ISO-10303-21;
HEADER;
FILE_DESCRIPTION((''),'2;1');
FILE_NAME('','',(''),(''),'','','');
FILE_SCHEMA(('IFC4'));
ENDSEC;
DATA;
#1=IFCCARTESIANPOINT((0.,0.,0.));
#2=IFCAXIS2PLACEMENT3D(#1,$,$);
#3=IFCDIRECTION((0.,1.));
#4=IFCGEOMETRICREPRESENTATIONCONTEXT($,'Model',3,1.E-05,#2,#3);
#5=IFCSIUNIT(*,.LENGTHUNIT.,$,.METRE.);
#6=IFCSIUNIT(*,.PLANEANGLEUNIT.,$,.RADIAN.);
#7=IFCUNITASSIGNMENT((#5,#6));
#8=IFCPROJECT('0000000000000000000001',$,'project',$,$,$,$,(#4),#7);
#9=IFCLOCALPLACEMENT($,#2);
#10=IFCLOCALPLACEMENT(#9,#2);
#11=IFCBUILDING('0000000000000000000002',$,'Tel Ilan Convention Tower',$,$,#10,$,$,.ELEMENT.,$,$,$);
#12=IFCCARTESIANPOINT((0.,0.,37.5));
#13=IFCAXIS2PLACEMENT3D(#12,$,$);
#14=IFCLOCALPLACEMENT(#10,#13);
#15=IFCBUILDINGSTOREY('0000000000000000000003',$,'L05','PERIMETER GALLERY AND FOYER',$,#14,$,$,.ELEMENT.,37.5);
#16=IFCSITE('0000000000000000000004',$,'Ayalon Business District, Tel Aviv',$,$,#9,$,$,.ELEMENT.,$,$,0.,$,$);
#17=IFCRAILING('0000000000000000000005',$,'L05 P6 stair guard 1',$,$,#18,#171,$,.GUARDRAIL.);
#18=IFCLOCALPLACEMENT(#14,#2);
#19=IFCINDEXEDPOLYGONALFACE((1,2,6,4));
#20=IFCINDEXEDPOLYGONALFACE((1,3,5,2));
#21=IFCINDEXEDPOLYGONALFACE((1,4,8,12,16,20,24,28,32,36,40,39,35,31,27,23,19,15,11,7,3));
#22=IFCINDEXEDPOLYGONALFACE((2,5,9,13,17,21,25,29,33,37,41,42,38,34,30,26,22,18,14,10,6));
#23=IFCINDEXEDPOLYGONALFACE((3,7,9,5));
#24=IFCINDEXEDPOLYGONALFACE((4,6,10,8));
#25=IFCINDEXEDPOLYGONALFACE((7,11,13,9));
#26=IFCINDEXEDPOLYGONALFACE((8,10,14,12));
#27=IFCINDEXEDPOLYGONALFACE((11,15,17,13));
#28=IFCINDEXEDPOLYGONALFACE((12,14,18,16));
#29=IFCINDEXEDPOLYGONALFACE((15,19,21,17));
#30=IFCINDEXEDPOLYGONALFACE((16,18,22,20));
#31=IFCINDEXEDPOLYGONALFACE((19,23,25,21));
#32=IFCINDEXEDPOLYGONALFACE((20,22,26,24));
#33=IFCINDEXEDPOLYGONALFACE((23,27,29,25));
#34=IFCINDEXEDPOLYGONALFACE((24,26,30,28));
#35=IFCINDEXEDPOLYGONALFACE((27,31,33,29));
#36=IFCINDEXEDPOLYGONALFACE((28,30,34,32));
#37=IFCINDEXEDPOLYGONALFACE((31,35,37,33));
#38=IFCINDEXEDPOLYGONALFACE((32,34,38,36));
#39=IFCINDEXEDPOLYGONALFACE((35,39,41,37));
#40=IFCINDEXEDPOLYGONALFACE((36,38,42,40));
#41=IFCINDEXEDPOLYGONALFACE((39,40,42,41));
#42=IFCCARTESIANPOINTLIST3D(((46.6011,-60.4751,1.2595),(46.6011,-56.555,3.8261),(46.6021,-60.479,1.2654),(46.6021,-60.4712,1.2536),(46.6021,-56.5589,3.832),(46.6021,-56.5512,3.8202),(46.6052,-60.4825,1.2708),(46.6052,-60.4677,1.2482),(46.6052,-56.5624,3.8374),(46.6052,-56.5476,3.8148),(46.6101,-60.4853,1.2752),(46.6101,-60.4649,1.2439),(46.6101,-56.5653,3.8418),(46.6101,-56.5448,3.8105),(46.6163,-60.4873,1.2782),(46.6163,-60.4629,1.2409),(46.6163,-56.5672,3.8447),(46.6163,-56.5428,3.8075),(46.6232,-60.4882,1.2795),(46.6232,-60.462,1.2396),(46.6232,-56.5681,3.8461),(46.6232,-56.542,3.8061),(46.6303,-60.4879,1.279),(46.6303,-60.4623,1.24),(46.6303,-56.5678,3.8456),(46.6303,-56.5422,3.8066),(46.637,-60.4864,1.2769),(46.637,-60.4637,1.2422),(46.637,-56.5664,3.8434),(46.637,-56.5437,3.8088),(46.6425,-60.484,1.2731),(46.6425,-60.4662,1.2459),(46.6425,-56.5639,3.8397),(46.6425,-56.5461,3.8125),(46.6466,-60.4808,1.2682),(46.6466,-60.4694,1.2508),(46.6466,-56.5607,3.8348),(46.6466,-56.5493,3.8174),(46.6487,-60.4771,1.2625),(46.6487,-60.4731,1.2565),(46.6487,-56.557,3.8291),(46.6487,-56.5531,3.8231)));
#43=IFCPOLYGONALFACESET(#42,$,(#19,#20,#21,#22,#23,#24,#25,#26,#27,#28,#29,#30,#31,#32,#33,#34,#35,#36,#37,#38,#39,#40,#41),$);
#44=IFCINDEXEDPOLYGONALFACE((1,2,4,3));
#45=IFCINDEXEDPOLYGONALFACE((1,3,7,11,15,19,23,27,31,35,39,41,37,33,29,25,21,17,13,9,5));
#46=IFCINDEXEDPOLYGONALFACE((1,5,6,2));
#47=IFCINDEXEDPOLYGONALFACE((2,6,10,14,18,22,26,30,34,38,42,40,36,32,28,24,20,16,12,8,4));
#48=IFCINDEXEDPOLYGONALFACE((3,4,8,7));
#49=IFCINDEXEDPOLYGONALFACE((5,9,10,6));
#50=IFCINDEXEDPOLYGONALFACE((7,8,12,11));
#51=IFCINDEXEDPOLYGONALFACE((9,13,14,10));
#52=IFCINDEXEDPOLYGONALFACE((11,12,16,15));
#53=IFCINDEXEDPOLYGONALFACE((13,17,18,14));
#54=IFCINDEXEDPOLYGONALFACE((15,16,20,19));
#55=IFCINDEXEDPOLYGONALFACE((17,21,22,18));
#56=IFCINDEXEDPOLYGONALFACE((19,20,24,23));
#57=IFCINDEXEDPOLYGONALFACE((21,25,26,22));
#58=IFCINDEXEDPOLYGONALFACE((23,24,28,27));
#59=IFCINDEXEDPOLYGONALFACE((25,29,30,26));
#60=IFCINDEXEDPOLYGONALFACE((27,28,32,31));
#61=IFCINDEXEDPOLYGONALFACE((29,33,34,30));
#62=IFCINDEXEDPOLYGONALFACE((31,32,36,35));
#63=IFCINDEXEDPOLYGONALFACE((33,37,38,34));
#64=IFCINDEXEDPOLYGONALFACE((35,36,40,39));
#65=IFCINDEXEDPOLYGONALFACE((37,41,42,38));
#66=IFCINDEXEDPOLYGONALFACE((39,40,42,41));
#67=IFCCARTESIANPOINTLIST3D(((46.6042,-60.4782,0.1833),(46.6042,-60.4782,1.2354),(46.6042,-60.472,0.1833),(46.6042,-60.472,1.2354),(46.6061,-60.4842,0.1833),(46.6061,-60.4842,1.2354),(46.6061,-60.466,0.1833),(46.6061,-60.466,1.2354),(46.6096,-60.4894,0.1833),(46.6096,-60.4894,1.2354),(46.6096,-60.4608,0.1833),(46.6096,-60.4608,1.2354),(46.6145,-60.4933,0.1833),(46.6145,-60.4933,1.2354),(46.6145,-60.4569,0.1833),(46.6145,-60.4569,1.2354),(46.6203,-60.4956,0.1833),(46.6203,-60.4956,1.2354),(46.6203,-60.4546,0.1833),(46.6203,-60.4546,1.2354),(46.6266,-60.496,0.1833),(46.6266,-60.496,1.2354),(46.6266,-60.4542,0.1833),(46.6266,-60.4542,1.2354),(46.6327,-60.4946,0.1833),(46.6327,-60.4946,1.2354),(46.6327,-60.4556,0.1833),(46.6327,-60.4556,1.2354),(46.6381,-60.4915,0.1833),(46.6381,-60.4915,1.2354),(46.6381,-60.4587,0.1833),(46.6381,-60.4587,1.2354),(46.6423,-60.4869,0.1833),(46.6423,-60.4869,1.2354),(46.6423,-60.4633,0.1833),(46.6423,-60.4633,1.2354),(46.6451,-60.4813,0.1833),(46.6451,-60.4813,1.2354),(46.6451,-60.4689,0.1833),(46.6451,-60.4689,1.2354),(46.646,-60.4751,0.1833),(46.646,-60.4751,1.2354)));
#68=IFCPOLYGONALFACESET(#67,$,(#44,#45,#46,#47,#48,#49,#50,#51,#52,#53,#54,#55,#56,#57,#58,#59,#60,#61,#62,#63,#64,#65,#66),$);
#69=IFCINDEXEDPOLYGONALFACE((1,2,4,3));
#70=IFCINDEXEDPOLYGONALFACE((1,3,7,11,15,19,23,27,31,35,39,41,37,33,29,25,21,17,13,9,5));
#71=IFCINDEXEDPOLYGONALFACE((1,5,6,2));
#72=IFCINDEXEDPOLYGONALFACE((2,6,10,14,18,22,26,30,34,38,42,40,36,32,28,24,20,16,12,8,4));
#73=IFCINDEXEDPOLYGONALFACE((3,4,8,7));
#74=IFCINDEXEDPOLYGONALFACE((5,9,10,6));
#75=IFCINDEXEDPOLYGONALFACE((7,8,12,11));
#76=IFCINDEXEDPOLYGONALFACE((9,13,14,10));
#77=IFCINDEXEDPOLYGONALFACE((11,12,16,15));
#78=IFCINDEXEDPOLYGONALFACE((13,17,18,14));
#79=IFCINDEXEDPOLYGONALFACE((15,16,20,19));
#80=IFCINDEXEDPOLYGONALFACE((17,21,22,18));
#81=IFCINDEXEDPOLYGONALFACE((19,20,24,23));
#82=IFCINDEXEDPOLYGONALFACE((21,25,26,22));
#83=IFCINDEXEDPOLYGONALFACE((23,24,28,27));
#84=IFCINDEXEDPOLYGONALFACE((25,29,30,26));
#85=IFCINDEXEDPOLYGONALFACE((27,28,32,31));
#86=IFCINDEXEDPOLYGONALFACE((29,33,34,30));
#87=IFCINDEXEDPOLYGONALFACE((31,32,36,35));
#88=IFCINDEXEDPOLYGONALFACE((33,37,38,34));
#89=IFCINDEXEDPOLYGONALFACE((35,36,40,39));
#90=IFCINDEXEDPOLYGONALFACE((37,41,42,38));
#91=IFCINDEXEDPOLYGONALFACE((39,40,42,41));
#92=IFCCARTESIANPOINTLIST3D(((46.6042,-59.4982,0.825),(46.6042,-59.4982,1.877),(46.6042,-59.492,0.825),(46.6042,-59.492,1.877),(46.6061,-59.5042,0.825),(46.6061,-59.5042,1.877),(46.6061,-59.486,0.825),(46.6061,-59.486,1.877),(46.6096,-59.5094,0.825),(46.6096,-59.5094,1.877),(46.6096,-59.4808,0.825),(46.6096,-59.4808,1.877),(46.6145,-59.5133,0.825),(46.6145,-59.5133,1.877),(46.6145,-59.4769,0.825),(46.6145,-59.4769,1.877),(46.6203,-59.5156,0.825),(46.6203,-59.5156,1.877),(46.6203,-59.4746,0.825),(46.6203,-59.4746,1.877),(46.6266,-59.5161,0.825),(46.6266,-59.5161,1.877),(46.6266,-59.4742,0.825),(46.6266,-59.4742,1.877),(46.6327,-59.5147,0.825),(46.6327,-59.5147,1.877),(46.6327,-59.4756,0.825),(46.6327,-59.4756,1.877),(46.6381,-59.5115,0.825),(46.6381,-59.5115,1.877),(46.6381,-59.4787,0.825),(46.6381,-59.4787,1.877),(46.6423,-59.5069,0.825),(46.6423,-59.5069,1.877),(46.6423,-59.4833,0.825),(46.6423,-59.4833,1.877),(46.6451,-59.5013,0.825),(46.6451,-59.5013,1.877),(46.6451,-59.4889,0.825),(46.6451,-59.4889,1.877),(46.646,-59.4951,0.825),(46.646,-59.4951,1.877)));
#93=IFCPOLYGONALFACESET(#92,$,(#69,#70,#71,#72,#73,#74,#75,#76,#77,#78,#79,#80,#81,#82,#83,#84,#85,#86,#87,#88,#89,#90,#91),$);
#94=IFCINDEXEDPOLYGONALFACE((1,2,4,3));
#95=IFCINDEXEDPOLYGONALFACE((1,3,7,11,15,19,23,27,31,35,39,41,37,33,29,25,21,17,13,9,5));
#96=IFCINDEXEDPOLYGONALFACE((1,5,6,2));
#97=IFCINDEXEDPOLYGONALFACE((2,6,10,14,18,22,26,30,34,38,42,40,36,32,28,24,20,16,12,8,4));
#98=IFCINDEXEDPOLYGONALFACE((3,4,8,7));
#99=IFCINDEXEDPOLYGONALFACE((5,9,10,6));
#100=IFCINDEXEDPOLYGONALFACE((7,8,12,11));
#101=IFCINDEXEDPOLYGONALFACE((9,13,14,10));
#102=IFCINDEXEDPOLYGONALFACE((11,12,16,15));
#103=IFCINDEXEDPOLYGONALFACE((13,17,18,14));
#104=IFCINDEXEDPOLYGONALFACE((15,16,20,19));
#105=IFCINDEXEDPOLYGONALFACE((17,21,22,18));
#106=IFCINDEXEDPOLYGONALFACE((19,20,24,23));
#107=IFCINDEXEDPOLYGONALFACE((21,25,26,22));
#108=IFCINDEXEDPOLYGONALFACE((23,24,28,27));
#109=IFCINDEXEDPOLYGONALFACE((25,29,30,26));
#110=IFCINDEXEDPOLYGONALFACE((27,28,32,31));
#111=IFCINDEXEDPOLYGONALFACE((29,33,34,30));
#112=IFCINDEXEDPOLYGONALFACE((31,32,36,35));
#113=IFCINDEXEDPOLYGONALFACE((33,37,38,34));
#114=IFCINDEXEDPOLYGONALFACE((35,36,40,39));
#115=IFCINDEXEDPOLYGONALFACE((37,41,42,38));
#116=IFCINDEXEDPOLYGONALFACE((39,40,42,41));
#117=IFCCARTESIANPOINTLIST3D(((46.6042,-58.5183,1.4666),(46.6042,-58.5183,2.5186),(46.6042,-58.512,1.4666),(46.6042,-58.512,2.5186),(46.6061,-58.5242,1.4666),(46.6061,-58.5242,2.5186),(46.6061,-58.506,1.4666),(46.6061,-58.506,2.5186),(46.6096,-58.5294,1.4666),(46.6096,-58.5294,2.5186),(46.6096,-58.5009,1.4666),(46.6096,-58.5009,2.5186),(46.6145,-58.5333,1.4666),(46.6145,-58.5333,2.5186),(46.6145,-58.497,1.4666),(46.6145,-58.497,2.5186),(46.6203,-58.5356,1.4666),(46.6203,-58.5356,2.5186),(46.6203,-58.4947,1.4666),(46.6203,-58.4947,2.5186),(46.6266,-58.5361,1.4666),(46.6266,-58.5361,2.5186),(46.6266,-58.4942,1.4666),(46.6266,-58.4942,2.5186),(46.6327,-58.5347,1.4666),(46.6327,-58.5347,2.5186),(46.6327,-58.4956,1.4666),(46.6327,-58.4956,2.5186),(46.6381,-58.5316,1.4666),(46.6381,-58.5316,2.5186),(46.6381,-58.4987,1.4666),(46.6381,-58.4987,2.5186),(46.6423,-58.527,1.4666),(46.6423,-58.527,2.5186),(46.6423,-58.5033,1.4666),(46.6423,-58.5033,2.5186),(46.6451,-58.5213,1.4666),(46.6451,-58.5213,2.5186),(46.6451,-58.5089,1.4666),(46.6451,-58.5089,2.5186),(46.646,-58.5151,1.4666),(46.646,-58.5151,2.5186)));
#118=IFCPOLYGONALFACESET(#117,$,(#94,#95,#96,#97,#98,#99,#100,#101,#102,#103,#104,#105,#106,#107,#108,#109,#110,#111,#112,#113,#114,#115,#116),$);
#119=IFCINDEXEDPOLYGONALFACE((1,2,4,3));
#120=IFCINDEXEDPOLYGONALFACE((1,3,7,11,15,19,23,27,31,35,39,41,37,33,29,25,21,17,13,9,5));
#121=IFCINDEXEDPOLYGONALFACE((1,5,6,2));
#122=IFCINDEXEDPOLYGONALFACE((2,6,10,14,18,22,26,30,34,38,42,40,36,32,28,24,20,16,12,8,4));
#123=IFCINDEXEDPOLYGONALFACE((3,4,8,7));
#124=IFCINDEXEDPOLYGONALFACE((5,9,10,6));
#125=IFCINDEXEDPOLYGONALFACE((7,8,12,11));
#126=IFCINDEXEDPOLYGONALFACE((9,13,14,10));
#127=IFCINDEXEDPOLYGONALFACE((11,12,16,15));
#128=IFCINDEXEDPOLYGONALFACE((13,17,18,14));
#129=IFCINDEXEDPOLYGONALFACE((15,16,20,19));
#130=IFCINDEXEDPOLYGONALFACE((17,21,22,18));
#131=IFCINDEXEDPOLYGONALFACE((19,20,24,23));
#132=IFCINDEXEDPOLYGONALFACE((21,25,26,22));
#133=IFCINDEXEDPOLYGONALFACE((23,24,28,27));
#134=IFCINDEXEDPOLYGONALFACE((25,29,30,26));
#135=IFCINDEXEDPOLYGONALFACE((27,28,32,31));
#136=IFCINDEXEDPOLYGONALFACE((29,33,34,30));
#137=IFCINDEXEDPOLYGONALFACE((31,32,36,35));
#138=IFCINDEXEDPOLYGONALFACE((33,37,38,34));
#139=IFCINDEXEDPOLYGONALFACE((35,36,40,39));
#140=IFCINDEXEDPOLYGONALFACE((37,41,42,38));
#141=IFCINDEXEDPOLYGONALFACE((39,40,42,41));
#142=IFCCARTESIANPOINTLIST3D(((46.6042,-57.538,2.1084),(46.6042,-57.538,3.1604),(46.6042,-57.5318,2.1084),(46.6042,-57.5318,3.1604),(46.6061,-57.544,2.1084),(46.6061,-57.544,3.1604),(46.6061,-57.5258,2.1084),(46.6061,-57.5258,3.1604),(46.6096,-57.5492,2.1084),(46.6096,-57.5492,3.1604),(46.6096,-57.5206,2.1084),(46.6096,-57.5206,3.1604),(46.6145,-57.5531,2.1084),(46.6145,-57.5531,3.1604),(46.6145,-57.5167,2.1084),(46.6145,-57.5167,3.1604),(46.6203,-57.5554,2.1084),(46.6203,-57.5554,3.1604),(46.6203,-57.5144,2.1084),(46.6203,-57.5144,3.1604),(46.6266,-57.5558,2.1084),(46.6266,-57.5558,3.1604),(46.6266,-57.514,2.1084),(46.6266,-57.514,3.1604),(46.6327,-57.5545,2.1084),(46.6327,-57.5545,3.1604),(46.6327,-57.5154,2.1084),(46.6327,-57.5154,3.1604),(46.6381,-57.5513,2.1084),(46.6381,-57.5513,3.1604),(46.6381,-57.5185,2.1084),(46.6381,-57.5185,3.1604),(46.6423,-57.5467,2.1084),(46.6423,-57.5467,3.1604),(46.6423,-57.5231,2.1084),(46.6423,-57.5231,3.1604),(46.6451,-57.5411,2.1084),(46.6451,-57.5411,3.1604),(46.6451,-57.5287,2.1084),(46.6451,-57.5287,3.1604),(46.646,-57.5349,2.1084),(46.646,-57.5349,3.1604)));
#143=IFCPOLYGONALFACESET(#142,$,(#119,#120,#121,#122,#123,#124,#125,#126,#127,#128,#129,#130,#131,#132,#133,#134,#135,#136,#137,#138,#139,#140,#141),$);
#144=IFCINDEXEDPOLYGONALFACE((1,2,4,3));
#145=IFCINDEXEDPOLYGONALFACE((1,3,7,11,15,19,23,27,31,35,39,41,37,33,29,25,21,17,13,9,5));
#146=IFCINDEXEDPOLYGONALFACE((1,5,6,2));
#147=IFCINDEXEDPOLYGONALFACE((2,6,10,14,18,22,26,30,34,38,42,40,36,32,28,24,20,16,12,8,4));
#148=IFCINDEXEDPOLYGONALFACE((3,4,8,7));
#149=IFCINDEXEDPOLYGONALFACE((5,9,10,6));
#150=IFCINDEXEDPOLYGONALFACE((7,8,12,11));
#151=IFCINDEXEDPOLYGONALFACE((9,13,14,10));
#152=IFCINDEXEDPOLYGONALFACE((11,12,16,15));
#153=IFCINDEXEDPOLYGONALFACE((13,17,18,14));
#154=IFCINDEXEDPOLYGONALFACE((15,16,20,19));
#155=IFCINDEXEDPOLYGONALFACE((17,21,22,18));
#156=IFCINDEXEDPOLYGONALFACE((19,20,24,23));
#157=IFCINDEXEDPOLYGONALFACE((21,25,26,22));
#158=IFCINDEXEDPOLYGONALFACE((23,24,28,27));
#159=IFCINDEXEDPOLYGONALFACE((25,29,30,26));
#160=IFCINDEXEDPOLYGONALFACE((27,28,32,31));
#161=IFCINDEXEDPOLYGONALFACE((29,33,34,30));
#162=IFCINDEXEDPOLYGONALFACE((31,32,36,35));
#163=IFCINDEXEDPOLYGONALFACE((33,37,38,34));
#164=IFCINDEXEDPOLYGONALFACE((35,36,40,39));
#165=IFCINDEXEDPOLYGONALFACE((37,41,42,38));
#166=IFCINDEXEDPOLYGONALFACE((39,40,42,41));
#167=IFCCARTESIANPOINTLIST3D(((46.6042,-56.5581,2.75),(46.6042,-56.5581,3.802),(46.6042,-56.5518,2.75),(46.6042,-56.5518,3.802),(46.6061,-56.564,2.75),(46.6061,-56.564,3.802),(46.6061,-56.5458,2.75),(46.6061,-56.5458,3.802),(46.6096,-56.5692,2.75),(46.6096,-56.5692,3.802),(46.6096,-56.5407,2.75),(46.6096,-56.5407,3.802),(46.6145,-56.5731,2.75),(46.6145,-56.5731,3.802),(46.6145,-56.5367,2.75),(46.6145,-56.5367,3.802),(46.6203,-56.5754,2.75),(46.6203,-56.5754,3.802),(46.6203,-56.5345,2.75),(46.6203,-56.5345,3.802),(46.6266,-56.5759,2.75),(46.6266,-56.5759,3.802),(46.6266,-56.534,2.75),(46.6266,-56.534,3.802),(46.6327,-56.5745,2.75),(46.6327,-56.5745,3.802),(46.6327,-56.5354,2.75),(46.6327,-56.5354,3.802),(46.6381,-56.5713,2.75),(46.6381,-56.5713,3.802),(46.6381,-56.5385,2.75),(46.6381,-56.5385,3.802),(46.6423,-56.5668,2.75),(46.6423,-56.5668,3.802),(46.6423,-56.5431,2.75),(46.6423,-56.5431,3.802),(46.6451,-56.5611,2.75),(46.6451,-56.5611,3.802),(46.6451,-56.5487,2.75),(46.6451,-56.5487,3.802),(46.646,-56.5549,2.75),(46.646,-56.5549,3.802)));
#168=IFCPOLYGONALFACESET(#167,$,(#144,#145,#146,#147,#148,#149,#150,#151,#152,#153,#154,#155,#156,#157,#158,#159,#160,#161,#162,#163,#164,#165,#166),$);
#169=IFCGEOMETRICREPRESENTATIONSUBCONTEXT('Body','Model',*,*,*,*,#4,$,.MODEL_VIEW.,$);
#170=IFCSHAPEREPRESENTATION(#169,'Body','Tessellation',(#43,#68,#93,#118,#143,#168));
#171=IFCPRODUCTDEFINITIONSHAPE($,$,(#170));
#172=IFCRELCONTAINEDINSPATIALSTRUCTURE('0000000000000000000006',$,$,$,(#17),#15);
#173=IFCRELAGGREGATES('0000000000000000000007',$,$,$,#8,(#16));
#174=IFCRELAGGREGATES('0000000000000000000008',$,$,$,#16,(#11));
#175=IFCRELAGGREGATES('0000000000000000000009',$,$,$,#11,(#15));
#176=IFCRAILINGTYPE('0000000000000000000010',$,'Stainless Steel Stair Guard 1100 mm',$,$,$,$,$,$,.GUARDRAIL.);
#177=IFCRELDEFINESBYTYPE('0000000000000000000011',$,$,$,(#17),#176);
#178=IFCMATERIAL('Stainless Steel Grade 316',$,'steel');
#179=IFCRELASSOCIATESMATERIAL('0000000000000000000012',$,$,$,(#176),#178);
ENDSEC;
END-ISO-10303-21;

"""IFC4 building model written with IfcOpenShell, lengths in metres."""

from ifc_helpers import new_model, si_unit, direction, frame, origin, origin_2d, place, context, subcontext, project, spatial, circle, extrude, material, type_object, element, save


model = new_model("IFC4")

# Units and contexts
model_context = context("Model", 3, precision=1e-05, world=origin(), true_north=direction((0.0, 1.0)))
body_context = subcontext(model_context, "Body", "Model", "MODEL_VIEW")
ifc_project = project(units=[si_unit("LENGTHUNIT", "METRE"), si_unit("PLANEANGLEUNIT", "RADIAN")], contexts=[model_context])

# Site, building, storey
site_placement = place(None, origin())
site = spatial("IfcSite", under=ifc_project, at=site_placement, Name="Ayalon Business District, Tel Aviv", CompositionType="ELEMENT", RefElevation=0.0)
building_placement = place(site_placement, origin())
building = spatial("IfcBuilding", under=site, at=building_placement, Name="Tel Ilan Convention Tower", CompositionType="ELEMENT")
storey_placement = place(building_placement, frame((0.0, 0.0, 37.5)))
storey = spatial("IfcBuildingStorey", under=building, at=storey_placement, Name="L05", Description="PERIMETER GALLERY AND FOYER", CompositionType="ELEMENT", Elevation=37.5)

# Railing
ifc_material_1 = material(Name="Stainless Steel Grade 316", Category="steel")
railing_type_1 = type_object("IfcRailingType", Name="Stainless Steel Stair Guard 1100 mm", PredefinedType="GUARDRAIL", material=ifc_material_1)
railing_1_placement = place(storey_placement, frame((46.625, -60.4751, 0.1833)))
element("IfcRailing", 1, at=railing_1_placement, inside=storey, type_object=railing_type_1, Name="L05 P6 stair guard 1", PredefinedType="GUARDRAIL", context=body_context, shape_type="SweptSolid", body=[
    extrude(circle(Radius=0.0239, at=origin_2d()), frame((0.0, 0.0, 1.0762), z_axis=(0.0, 0.836631, 0.547767), x_axis=(-1.0, 0.0, 0.0)), (0.0, 0.0, 1.0), 4.6855),
    extrude(circle(Radius=0.021, at=origin_2d()), origin(), (0.0, 0.0, 1.0), 1.052),
    extrude(circle(Radius=0.021, at=origin_2d()), frame((0.0, 0.98, 0.6416)), (0.0, 0.0, 1.0), 1.052),
    extrude(circle(Radius=0.021, at=origin_2d()), frame((0.0, 1.96, 1.2832)), (0.0, 0.0, 1.0), 1.052),
    extrude(circle(Radius=0.021, at=origin_2d()), frame((0.0, 2.9402, 1.925)), (0.0, 0.0, 1.0), 1.052),
    extrude(circle(Radius=0.021, at=origin_2d()), frame((0.0, 3.9202, 2.5667)), (0.0, 0.0, 1.0), 1.052),
])

save(model, "model.ifc")
